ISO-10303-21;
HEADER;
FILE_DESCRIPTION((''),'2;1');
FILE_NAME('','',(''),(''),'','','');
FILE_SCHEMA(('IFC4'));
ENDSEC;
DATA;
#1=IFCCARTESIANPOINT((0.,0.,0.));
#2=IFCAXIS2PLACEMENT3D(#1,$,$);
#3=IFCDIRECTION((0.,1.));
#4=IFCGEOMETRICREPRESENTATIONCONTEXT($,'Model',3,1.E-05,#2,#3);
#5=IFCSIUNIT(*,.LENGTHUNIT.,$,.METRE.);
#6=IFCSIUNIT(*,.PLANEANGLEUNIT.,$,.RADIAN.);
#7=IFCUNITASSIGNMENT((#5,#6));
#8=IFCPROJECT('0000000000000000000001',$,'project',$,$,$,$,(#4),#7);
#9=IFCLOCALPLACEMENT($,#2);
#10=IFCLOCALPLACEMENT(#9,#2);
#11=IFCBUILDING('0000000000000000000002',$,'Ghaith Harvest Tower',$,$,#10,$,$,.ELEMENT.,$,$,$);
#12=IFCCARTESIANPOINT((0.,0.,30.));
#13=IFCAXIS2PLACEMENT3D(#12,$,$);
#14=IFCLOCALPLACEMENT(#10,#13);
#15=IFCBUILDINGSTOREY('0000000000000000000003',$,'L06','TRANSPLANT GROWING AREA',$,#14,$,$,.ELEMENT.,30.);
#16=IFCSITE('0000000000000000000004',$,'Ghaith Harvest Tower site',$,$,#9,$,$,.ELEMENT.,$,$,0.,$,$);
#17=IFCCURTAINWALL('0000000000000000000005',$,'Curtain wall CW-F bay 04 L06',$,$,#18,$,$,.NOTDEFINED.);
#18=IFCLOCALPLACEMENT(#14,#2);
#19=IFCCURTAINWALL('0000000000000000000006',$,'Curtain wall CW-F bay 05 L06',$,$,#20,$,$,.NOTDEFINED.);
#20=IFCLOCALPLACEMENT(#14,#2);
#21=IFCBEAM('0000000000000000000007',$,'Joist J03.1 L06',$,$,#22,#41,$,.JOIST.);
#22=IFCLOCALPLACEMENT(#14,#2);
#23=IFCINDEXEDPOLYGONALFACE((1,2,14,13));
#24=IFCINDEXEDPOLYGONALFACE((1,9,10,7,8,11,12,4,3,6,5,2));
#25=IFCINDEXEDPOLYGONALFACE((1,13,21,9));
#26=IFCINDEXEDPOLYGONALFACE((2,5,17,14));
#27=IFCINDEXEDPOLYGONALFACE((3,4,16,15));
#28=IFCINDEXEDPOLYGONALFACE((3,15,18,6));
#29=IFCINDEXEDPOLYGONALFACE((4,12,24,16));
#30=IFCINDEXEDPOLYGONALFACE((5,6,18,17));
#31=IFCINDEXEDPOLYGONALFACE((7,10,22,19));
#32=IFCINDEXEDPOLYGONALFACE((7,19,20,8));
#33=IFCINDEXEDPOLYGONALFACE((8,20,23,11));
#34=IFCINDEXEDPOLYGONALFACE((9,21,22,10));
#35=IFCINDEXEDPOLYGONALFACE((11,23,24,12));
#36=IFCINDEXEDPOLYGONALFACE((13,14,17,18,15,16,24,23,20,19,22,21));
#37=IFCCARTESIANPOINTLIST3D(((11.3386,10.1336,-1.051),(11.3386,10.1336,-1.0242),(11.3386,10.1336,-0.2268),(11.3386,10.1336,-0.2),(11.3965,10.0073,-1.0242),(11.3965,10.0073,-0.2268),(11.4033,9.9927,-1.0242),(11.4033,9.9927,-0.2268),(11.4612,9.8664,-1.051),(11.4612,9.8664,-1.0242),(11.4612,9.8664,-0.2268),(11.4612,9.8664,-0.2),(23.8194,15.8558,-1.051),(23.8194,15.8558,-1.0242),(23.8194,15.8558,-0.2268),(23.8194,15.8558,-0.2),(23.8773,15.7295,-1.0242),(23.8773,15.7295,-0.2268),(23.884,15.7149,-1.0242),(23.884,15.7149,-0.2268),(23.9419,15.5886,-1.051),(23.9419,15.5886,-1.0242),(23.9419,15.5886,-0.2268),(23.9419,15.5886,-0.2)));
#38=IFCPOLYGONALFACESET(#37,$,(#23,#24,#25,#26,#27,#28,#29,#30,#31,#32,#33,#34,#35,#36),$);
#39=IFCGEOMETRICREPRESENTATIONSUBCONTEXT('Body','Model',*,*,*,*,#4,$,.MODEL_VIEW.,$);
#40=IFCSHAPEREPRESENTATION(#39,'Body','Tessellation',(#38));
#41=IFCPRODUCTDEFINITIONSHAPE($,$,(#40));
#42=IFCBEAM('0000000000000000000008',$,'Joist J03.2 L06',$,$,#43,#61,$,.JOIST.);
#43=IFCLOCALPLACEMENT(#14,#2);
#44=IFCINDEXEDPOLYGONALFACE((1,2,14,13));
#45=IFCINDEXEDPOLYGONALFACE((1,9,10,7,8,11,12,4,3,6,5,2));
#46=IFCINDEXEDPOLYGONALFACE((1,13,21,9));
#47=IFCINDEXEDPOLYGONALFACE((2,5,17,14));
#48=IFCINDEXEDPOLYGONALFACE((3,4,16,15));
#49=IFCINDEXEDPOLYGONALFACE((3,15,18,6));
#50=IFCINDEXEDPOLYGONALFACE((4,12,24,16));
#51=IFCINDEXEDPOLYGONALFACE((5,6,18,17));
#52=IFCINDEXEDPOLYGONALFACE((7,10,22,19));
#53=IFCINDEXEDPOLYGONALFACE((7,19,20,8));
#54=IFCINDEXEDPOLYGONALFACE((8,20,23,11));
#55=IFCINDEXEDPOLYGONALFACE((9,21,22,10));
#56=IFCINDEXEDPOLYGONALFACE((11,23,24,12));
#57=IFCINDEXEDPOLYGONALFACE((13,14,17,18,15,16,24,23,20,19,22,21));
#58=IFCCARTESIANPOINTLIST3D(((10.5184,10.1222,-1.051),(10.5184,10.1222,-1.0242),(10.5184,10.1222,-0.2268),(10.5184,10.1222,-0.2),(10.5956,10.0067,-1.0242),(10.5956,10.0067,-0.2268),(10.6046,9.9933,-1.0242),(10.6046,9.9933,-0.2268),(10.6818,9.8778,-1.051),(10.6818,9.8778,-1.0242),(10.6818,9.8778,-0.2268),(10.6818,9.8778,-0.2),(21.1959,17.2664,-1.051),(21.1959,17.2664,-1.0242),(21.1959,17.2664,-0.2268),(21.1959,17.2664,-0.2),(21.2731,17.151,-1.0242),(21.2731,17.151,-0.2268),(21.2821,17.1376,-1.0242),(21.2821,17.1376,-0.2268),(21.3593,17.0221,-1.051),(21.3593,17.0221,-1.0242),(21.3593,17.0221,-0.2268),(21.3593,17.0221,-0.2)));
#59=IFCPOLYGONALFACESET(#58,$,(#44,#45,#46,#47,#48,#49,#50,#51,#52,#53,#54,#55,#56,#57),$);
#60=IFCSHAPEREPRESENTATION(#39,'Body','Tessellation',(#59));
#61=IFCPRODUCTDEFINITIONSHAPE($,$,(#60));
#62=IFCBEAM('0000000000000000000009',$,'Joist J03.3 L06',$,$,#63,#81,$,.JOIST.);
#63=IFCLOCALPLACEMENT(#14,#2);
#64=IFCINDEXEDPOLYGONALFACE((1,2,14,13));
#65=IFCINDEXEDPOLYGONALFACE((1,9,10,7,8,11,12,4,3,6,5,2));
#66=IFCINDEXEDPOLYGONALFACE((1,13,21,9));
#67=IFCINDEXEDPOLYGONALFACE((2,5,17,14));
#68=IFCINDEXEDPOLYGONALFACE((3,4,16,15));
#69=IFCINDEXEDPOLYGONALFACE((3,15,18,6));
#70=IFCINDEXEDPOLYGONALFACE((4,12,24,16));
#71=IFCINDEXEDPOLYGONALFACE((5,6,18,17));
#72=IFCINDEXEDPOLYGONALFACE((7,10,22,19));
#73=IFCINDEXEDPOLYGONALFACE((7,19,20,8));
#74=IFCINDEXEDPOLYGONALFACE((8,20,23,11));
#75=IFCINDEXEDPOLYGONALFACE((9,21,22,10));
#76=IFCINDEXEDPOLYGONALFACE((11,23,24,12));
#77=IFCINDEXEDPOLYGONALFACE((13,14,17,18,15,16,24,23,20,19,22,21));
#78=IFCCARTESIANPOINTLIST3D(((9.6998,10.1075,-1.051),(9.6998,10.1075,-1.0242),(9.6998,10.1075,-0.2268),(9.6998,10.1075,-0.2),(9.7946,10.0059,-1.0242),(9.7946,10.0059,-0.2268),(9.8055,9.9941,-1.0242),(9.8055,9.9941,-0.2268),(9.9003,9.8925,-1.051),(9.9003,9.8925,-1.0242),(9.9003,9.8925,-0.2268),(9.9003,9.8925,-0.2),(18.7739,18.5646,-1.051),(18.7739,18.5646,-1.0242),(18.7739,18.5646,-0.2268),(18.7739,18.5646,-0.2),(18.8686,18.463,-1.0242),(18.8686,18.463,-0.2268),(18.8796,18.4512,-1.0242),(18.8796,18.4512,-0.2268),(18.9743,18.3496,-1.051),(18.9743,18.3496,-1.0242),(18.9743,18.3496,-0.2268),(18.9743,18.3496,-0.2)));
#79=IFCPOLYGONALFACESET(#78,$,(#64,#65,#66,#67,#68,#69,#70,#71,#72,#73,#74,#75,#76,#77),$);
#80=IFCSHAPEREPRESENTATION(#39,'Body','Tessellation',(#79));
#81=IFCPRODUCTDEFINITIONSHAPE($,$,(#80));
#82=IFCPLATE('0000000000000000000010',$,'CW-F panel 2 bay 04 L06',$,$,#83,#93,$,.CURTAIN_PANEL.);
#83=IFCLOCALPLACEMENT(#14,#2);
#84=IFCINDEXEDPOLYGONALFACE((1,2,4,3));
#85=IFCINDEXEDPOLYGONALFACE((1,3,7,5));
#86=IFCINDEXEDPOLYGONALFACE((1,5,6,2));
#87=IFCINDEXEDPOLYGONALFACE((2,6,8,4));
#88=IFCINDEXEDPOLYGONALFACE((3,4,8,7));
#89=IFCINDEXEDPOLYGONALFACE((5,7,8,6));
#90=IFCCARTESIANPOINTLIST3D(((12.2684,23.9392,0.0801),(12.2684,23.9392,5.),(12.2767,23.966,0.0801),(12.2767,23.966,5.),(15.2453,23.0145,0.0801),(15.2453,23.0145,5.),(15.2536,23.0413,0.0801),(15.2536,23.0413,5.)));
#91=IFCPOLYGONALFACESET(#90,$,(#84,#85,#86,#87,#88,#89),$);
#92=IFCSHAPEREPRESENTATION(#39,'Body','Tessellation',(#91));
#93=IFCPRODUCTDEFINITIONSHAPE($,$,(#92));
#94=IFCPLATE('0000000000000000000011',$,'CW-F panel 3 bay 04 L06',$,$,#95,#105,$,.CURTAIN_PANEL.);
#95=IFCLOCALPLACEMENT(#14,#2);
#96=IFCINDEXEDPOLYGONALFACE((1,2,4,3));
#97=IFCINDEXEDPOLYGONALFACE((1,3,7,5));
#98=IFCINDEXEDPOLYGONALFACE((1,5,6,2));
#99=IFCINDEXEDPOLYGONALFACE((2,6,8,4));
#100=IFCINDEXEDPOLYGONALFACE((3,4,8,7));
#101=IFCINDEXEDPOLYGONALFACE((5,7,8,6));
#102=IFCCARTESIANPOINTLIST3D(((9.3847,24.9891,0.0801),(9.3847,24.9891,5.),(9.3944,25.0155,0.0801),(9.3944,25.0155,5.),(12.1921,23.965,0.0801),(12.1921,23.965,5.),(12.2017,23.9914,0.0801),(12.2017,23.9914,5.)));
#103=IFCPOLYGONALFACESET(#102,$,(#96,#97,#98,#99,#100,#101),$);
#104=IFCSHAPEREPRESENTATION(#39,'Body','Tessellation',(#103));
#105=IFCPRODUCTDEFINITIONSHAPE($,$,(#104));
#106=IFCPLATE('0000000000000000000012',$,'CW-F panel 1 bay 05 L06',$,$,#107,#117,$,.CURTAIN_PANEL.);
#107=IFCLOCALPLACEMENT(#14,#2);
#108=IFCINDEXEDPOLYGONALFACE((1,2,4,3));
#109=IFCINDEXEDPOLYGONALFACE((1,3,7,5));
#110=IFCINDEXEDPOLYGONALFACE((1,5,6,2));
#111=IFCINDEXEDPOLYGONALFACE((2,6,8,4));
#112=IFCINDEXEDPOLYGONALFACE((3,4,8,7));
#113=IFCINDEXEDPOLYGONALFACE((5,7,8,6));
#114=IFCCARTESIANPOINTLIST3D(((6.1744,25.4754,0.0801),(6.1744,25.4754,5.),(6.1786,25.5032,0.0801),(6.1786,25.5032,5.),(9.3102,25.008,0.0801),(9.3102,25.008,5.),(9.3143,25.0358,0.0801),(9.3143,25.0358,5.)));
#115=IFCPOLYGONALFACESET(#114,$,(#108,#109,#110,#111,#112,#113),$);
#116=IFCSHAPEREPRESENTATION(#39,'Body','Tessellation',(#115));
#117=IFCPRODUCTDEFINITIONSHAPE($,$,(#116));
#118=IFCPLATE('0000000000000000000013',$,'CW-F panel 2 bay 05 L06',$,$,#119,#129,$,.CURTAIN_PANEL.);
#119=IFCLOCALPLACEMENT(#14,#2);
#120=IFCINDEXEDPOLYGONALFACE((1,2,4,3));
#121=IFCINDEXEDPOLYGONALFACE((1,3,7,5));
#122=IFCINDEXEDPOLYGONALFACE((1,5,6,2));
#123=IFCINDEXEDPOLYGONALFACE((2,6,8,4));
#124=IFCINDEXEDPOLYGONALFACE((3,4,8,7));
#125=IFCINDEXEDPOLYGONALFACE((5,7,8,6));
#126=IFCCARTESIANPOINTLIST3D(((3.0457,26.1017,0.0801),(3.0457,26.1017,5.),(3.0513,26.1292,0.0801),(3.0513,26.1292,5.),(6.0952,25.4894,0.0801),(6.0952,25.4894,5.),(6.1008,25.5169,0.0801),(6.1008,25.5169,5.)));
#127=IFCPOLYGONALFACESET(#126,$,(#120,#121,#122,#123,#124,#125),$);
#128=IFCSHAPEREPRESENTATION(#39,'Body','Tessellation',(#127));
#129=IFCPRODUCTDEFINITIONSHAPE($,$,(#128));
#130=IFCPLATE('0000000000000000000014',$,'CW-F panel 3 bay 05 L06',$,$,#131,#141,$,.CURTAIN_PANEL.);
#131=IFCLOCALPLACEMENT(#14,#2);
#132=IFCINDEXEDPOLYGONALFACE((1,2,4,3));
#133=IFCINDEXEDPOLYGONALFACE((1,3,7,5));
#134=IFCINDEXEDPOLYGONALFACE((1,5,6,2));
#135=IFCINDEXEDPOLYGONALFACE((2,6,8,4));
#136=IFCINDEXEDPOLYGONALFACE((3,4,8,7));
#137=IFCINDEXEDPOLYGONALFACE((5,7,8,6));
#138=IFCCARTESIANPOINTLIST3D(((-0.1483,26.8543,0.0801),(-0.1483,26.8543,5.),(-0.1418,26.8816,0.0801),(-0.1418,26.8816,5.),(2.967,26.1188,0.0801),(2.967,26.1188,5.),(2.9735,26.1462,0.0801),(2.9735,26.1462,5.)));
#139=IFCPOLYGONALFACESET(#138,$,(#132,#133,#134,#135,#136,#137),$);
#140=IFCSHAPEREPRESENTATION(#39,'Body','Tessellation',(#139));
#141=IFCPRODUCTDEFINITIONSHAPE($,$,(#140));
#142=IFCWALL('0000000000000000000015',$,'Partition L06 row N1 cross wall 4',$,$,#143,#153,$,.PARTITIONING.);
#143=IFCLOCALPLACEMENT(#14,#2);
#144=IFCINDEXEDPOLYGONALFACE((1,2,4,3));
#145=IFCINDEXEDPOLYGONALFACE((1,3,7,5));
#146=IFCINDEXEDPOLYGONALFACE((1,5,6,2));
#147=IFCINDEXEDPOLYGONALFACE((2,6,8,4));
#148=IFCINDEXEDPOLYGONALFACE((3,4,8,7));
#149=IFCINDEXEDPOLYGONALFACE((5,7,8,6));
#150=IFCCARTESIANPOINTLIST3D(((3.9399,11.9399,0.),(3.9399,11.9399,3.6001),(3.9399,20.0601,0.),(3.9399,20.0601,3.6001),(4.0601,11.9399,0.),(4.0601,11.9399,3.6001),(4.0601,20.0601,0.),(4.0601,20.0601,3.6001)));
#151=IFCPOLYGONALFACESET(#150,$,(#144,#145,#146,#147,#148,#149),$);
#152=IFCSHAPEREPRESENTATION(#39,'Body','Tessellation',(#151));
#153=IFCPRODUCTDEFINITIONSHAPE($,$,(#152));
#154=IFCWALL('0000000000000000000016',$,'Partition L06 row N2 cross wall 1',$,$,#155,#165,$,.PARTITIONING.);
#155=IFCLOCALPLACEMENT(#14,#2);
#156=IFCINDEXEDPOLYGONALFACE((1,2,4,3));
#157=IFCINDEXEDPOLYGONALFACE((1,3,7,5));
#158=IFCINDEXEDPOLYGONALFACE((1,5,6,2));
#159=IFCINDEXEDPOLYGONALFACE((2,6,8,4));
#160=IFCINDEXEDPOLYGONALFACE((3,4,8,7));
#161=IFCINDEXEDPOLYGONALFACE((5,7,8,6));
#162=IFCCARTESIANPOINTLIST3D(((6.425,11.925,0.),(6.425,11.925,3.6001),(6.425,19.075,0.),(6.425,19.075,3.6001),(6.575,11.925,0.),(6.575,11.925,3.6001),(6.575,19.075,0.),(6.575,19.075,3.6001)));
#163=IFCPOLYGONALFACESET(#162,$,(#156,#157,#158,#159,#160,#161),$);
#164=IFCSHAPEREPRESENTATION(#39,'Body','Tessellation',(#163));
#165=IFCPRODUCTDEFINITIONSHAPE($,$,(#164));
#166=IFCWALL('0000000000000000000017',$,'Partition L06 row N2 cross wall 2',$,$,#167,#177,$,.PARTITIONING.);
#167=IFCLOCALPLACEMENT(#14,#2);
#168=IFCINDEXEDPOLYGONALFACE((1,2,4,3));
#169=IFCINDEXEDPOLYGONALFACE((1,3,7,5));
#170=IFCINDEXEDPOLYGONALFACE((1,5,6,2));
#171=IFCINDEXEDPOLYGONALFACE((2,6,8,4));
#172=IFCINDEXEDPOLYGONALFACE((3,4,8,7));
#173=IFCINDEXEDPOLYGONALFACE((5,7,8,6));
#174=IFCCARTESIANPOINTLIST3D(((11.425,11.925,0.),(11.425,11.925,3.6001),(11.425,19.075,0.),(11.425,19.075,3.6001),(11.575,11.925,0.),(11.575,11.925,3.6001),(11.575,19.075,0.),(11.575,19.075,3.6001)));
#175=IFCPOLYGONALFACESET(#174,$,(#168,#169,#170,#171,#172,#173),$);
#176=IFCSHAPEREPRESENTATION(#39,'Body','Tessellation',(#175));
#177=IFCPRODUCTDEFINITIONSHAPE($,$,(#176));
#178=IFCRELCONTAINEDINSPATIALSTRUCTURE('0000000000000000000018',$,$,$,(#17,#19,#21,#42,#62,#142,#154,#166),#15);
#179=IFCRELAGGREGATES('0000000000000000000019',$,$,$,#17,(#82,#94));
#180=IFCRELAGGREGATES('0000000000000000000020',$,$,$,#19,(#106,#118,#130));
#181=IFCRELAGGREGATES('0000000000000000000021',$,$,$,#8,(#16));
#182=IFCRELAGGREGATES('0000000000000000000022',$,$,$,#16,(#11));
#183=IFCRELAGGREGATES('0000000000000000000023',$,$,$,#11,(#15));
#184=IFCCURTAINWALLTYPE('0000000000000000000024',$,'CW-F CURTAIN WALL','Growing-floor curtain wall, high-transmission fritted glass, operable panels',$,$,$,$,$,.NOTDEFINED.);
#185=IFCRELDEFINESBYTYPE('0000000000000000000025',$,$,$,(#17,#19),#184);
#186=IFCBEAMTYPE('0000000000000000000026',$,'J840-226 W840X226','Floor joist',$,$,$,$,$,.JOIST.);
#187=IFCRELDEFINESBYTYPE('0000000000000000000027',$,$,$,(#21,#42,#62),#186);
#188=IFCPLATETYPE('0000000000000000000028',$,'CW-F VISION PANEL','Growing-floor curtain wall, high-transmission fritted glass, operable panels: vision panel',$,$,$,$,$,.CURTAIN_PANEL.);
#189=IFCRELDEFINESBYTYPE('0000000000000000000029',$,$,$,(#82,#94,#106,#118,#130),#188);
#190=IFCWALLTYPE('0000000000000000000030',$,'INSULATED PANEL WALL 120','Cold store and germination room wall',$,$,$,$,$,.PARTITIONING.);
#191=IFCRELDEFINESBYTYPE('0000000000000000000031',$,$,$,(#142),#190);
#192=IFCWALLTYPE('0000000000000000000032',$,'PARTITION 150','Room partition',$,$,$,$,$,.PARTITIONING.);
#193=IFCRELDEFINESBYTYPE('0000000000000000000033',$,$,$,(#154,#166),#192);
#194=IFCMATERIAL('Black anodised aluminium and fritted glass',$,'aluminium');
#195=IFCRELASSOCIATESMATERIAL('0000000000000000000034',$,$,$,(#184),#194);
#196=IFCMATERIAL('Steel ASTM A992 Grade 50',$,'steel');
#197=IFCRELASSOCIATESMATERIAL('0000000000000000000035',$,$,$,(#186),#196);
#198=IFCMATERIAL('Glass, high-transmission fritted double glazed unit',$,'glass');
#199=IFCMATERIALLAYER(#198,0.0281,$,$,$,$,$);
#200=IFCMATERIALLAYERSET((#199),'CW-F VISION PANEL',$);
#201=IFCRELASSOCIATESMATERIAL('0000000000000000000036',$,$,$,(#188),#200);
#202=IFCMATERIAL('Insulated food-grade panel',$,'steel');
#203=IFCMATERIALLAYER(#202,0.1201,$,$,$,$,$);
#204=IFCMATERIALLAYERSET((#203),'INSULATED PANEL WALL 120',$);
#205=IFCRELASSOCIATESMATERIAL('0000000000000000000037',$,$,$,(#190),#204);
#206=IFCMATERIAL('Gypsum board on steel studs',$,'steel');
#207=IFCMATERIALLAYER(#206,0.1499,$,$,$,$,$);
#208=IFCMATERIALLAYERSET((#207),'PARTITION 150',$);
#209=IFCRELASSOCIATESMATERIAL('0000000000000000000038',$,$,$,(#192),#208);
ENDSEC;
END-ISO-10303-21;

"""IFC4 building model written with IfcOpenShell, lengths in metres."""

from ifc_helpers import new_model, si_unit, direction, frame, frame_2d, origin, origin_2d, place, context, subcontext, project, spatial, rectangle, i_section, extrude, material, layer, layer_set, material_profile, profile_set, type_object, element, aggregate, save


model = new_model("IFC4")

# Units and contexts
model_context = context("Model", 3, precision=1e-05, world=origin(), true_north=direction((0.0, 1.0)))
body_context = subcontext(model_context, "Body", "Model", "MODEL_VIEW")
ifc_project = project(units=[si_unit("LENGTHUNIT", "METRE"), si_unit("PLANEANGLEUNIT", "RADIAN")], contexts=[model_context])

# Site, building, storey
site_placement = place(None, origin())
site = spatial("IfcSite", under=ifc_project, at=site_placement, Name="Ghaith Harvest Tower site", CompositionType="ELEMENT", RefElevation=0.0)
building_placement = place(site_placement, origin())
building = spatial("IfcBuilding", under=site, at=building_placement, Name="Ghaith Harvest Tower", CompositionType="ELEMENT")
storey_placement = place(building_placement, frame((0.0, 0.0, 30.0)))
storey = spatial("IfcBuildingStorey", under=building, at=storey_placement, Name="L06", Description="TRANSPLANT GROWING AREA", CompositionType="ELEMENT", Elevation=30.0)

# Curtain wall
ifc_material_1 = material(Name="Black anodised aluminium and fritted glass", Category="aluminium")
curtain_wall_type = type_object("IfcCurtainWallType", Name="CW-F CURTAIN WALL", Description="Growing-floor curtain wall, high-transmission fritted glass, operable panels", PredefinedType="NOTDEFINED", material=ifc_material_1)
curtain_wall_1_placement = place(storey_placement, origin())
curtain_wall_1 = element("IfcCurtainWall", 1, at=curtain_wall_1_placement, inside=storey, type_object=curtain_wall_type, Name="Curtain wall CW-F bay 04 L06", PredefinedType="NOTDEFINED")

# Curtain wall
curtain_wall_2_placement = place(storey_placement, origin())
curtain_wall_2 = element("IfcCurtainWall", 2, at=curtain_wall_2_placement, inside=storey, type_object=curtain_wall_type, Name="Curtain wall CW-F bay 05 L06", PredefinedType="NOTDEFINED")

# Beams
ifc_material_2 = material(Name="Steel ASTM A992 Grade 50", Category="steel")
ifc_material_profile_1 = material_profile(ifc_material_2, i_section(OverallWidth=0.2939, OverallDepth=0.8511, WebThickness=0.0161, FlangeThickness=0.0269, at=origin_2d()), Name="W840X226")
ifc_profile_set_1 = profile_set([ifc_material_profile_1], Name="Steel ASTM A992 Grade 50")
beam_type_1 = type_object("IfcBeamType", Name="J840-226 W840X226", Description="Floor joist", PredefinedType="JOIST", material=ifc_profile_set_1)
beam_1_placement = place(storey_placement, frame((11.3999, 10.0, -0.6255), z_axis=(0.909014, 0.416766, 0.0), x_axis=(-0.416766, 0.909014, 0.0)))
element("IfcBeam", 3, at=beam_1_placement, inside=storey, type_object=beam_type_1, Name="Joist J03.1 L06", PredefinedType="JOIST", context=body_context, shape_type="SweptSolid", body=[
    extrude(i_section(OverallWidth=0.2939, OverallDepth=0.8511, WebThickness=0.0161, FlangeThickness=0.0269, at=origin_2d()), origin(), (0.0, 0.0, 1.0), 13.73),
])
beam_2_placement = place(storey_placement, frame((10.6001, 10.0, -0.6255), z_axis=(0.831116, 0.556098, 0.0), x_axis=(-0.556098, 0.831116, 0.0)))
element("IfcBeam", 4, at=beam_2_placement, inside=storey, type_object=beam_type_1, Name="Joist J03.2 L06", PredefinedType="JOIST", context=body_context, shape_type="SweptSolid", body=[
    extrude(i_section(OverallWidth=0.2939, OverallDepth=0.8511, WebThickness=0.0161, FlangeThickness=0.0269, at=origin_2d()), origin(), (0.0, 0.0, 1.0), 12.8472),
])
beam_3_placement = place(storey_placement, frame((9.8, 10.0, -0.6255), z_axis=(0.731538, 0.681801, 0.0), x_axis=(-0.681801, 0.731538, 0.0)))
element("IfcBeam", 5, at=beam_3_placement, inside=storey, type_object=beam_type_1, Name="Joist J03.3 L06", PredefinedType="JOIST", context=body_context, shape_type="SweptSolid", body=[
    extrude(i_section(OverallWidth=0.2939, OverallDepth=0.8511, WebThickness=0.0161, FlangeThickness=0.0269, at=origin_2d()), origin(), (0.0, 0.0, 1.0), 12.4041),
])

# Plates
ifc_material_3 = material(Name="Glass, high-transmission fritted double glazed unit", Category="glass")
ifc_layer_1 = layer(ifc_material_3, 0.0281)
ifc_layer_set_1 = layer_set([ifc_layer_1], Name="CW-F VISION PANEL")
plate_type = type_object("IfcPlateType", Name="CW-F VISION PANEL", Description="Growing-floor curtain wall, high-transmission fritted glass, operable panels: vision panel", PredefinedType="CURTAIN_PANEL", material=ifc_layer_set_1)
plate_1_placement = place(storey_placement, frame((13.761, 23.4902, 0.0801), z_axis=(0.0, 0.0, 1.0), x_axis=(-0.954988, 0.296644, 0.0)))
plate_1 = element("IfcPlate", 6, at=plate_1_placement, type_object=plate_type, Name="CW-F panel 2 bay 04 L06", PredefinedType="CURTAIN_PANEL", context=body_context, shape_type="SweptSolid", body=[
    extrude(rectangle(XDim=3.1172, YDim=0.0281, at=origin_2d()), origin(), (0.0, 0.0, 1.0), 4.9199),
])
plate_2_placement = place(storey_placement, frame((10.7932, 24.4902, 0.0801), z_axis=(0.0, 0.0, 1.0), x_axis=(-0.939438, 0.342718, 0.0)))
plate_2 = element("IfcPlate", 7, at=plate_2_placement, type_object=plate_type, Name="CW-F panel 3 bay 04 L06", PredefinedType="CURTAIN_PANEL", context=body_context, shape_type="SweptSolid", body=[
    extrude(rectangle(XDim=2.9883, YDim=0.0281, at=origin_2d()), origin(), (0.0, 0.0, 1.0), 4.9199),
])
aggregate(curtain_wall_1, [plate_1, plate_2])
plate_3_placement = place(storey_placement, frame((7.7444, 25.2556, 0.0801), z_axis=(0.0, 0.0, 1.0), x_axis=(-0.989074, 0.147418, 0.0)))
plate_3 = element("IfcPlate", 8, at=plate_3_placement, type_object=plate_type, Name="CW-F panel 1 bay 05 L06", PredefinedType="CURTAIN_PANEL", context=body_context, shape_type="SweptSolid", body=[
    extrude(rectangle(XDim=3.1704, YDim=0.0281, at=origin_2d()), origin(), (0.0, 0.0, 1.0), 4.9199),
])
plate_4_placement = place(storey_placement, frame((4.5732, 25.8093, 0.0801), z_axis=(0.0, 0.0, 1.0), x_axis=(-0.980432, 0.196856, 0.0)))
plate_4 = element("IfcPlate", 9, at=plate_4_placement, type_object=plate_type, Name="CW-F panel 2 bay 05 L06", PredefinedType="CURTAIN_PANEL", context=body_context, shape_type="SweptSolid", body=[
    extrude(rectangle(XDim=3.1104, YDim=0.0281, at=origin_2d()), origin(), (0.0, 0.0, 1.0), 4.9199),
])
plate_5_placement = place(storey_placement, frame((1.4126, 26.5002, 0.0801), z_axis=(0.0, 0.0, 1.0), x_axis=(-0.973246, 0.229766, 0.0)))
plate_5 = element("IfcPlate", 10, at=plate_5_placement, type_object=plate_type, Name="CW-F panel 3 bay 05 L06", PredefinedType="CURTAIN_PANEL", context=body_context, shape_type="SweptSolid", body=[
    extrude(rectangle(XDim=3.2009, YDim=0.0281, at=origin_2d()), origin(), (0.0, 0.0, 1.0), 4.9199),
])
aggregate(curtain_wall_2, [plate_3, plate_4, plate_5])

# Walls
ifc_material_4 = material(Name="Insulated food-grade panel", Category="steel")
ifc_layer_2 = layer(ifc_material_4, 0.1201)
ifc_layer_set_2 = layer_set([ifc_layer_2], Name="INSULATED PANEL WALL 120")
wall_type_1 = type_object("IfcWallType", Name="INSULATED PANEL WALL 120", Description="Cold store and germination room wall", PredefinedType="PARTITIONING", material=ifc_layer_set_2)
wall_1_placement = place(storey_placement, frame((4.0, 11.9399, 0.0), z_axis=(0.0, 0.0, 1.0), x_axis=(0.0, 1.0, 0.0)))
element("IfcWall", 11, at=wall_1_placement, inside=storey, type_object=wall_type_1, Name="Partition L06 row N1 cross wall 4", PredefinedType="PARTITIONING", context=body_context, shape_type="SweptSolid", body=[
    extrude(rectangle(XDim=8.1201, YDim=0.1201, at=frame_2d((4.0601, 0.0))), origin(), (0.0, 0.0, 1.0), 3.6001),
])
ifc_material_5 = material(Name="Gypsum board on steel studs", Category="steel")
ifc_layer_3 = layer(ifc_material_5, 0.1499)
ifc_layer_set_3 = layer_set([ifc_layer_3], Name="PARTITION 150")
wall_type_2 = type_object("IfcWallType", Name="PARTITION 150", Description="Room partition", PredefinedType="PARTITIONING", material=ifc_layer_set_3)
for number, where, z_axis, x_axis, name in (
    (12, (6.5, 11.925, 0.0), (0.0, 0.0, 1.0), (0.0, 1.0, 0.0), "Partition L06 row N2 cross wall 1"),
    (13, (11.5, 11.925, 0.0), (0.0, 0.0, 1.0), (0.0, 1.0, 0.0), "Partition L06 row N2 cross wall 2"),
):
    element("IfcWall", number, at=place(storey_placement, frame(where, z_axis=z_axis, x_axis=x_axis)), inside=storey, type_object=wall_type_2, Name=name, PredefinedType="PARTITIONING", context=body_context, shape_type="SweptSolid", body=[
        extrude(rectangle(XDim=7.1499, YDim=0.1499, at=frame_2d((3.575, 0.0))), origin(), (0.0, 0.0, 1.0), 3.6001),
    ])

save(model, "model.ifc")
